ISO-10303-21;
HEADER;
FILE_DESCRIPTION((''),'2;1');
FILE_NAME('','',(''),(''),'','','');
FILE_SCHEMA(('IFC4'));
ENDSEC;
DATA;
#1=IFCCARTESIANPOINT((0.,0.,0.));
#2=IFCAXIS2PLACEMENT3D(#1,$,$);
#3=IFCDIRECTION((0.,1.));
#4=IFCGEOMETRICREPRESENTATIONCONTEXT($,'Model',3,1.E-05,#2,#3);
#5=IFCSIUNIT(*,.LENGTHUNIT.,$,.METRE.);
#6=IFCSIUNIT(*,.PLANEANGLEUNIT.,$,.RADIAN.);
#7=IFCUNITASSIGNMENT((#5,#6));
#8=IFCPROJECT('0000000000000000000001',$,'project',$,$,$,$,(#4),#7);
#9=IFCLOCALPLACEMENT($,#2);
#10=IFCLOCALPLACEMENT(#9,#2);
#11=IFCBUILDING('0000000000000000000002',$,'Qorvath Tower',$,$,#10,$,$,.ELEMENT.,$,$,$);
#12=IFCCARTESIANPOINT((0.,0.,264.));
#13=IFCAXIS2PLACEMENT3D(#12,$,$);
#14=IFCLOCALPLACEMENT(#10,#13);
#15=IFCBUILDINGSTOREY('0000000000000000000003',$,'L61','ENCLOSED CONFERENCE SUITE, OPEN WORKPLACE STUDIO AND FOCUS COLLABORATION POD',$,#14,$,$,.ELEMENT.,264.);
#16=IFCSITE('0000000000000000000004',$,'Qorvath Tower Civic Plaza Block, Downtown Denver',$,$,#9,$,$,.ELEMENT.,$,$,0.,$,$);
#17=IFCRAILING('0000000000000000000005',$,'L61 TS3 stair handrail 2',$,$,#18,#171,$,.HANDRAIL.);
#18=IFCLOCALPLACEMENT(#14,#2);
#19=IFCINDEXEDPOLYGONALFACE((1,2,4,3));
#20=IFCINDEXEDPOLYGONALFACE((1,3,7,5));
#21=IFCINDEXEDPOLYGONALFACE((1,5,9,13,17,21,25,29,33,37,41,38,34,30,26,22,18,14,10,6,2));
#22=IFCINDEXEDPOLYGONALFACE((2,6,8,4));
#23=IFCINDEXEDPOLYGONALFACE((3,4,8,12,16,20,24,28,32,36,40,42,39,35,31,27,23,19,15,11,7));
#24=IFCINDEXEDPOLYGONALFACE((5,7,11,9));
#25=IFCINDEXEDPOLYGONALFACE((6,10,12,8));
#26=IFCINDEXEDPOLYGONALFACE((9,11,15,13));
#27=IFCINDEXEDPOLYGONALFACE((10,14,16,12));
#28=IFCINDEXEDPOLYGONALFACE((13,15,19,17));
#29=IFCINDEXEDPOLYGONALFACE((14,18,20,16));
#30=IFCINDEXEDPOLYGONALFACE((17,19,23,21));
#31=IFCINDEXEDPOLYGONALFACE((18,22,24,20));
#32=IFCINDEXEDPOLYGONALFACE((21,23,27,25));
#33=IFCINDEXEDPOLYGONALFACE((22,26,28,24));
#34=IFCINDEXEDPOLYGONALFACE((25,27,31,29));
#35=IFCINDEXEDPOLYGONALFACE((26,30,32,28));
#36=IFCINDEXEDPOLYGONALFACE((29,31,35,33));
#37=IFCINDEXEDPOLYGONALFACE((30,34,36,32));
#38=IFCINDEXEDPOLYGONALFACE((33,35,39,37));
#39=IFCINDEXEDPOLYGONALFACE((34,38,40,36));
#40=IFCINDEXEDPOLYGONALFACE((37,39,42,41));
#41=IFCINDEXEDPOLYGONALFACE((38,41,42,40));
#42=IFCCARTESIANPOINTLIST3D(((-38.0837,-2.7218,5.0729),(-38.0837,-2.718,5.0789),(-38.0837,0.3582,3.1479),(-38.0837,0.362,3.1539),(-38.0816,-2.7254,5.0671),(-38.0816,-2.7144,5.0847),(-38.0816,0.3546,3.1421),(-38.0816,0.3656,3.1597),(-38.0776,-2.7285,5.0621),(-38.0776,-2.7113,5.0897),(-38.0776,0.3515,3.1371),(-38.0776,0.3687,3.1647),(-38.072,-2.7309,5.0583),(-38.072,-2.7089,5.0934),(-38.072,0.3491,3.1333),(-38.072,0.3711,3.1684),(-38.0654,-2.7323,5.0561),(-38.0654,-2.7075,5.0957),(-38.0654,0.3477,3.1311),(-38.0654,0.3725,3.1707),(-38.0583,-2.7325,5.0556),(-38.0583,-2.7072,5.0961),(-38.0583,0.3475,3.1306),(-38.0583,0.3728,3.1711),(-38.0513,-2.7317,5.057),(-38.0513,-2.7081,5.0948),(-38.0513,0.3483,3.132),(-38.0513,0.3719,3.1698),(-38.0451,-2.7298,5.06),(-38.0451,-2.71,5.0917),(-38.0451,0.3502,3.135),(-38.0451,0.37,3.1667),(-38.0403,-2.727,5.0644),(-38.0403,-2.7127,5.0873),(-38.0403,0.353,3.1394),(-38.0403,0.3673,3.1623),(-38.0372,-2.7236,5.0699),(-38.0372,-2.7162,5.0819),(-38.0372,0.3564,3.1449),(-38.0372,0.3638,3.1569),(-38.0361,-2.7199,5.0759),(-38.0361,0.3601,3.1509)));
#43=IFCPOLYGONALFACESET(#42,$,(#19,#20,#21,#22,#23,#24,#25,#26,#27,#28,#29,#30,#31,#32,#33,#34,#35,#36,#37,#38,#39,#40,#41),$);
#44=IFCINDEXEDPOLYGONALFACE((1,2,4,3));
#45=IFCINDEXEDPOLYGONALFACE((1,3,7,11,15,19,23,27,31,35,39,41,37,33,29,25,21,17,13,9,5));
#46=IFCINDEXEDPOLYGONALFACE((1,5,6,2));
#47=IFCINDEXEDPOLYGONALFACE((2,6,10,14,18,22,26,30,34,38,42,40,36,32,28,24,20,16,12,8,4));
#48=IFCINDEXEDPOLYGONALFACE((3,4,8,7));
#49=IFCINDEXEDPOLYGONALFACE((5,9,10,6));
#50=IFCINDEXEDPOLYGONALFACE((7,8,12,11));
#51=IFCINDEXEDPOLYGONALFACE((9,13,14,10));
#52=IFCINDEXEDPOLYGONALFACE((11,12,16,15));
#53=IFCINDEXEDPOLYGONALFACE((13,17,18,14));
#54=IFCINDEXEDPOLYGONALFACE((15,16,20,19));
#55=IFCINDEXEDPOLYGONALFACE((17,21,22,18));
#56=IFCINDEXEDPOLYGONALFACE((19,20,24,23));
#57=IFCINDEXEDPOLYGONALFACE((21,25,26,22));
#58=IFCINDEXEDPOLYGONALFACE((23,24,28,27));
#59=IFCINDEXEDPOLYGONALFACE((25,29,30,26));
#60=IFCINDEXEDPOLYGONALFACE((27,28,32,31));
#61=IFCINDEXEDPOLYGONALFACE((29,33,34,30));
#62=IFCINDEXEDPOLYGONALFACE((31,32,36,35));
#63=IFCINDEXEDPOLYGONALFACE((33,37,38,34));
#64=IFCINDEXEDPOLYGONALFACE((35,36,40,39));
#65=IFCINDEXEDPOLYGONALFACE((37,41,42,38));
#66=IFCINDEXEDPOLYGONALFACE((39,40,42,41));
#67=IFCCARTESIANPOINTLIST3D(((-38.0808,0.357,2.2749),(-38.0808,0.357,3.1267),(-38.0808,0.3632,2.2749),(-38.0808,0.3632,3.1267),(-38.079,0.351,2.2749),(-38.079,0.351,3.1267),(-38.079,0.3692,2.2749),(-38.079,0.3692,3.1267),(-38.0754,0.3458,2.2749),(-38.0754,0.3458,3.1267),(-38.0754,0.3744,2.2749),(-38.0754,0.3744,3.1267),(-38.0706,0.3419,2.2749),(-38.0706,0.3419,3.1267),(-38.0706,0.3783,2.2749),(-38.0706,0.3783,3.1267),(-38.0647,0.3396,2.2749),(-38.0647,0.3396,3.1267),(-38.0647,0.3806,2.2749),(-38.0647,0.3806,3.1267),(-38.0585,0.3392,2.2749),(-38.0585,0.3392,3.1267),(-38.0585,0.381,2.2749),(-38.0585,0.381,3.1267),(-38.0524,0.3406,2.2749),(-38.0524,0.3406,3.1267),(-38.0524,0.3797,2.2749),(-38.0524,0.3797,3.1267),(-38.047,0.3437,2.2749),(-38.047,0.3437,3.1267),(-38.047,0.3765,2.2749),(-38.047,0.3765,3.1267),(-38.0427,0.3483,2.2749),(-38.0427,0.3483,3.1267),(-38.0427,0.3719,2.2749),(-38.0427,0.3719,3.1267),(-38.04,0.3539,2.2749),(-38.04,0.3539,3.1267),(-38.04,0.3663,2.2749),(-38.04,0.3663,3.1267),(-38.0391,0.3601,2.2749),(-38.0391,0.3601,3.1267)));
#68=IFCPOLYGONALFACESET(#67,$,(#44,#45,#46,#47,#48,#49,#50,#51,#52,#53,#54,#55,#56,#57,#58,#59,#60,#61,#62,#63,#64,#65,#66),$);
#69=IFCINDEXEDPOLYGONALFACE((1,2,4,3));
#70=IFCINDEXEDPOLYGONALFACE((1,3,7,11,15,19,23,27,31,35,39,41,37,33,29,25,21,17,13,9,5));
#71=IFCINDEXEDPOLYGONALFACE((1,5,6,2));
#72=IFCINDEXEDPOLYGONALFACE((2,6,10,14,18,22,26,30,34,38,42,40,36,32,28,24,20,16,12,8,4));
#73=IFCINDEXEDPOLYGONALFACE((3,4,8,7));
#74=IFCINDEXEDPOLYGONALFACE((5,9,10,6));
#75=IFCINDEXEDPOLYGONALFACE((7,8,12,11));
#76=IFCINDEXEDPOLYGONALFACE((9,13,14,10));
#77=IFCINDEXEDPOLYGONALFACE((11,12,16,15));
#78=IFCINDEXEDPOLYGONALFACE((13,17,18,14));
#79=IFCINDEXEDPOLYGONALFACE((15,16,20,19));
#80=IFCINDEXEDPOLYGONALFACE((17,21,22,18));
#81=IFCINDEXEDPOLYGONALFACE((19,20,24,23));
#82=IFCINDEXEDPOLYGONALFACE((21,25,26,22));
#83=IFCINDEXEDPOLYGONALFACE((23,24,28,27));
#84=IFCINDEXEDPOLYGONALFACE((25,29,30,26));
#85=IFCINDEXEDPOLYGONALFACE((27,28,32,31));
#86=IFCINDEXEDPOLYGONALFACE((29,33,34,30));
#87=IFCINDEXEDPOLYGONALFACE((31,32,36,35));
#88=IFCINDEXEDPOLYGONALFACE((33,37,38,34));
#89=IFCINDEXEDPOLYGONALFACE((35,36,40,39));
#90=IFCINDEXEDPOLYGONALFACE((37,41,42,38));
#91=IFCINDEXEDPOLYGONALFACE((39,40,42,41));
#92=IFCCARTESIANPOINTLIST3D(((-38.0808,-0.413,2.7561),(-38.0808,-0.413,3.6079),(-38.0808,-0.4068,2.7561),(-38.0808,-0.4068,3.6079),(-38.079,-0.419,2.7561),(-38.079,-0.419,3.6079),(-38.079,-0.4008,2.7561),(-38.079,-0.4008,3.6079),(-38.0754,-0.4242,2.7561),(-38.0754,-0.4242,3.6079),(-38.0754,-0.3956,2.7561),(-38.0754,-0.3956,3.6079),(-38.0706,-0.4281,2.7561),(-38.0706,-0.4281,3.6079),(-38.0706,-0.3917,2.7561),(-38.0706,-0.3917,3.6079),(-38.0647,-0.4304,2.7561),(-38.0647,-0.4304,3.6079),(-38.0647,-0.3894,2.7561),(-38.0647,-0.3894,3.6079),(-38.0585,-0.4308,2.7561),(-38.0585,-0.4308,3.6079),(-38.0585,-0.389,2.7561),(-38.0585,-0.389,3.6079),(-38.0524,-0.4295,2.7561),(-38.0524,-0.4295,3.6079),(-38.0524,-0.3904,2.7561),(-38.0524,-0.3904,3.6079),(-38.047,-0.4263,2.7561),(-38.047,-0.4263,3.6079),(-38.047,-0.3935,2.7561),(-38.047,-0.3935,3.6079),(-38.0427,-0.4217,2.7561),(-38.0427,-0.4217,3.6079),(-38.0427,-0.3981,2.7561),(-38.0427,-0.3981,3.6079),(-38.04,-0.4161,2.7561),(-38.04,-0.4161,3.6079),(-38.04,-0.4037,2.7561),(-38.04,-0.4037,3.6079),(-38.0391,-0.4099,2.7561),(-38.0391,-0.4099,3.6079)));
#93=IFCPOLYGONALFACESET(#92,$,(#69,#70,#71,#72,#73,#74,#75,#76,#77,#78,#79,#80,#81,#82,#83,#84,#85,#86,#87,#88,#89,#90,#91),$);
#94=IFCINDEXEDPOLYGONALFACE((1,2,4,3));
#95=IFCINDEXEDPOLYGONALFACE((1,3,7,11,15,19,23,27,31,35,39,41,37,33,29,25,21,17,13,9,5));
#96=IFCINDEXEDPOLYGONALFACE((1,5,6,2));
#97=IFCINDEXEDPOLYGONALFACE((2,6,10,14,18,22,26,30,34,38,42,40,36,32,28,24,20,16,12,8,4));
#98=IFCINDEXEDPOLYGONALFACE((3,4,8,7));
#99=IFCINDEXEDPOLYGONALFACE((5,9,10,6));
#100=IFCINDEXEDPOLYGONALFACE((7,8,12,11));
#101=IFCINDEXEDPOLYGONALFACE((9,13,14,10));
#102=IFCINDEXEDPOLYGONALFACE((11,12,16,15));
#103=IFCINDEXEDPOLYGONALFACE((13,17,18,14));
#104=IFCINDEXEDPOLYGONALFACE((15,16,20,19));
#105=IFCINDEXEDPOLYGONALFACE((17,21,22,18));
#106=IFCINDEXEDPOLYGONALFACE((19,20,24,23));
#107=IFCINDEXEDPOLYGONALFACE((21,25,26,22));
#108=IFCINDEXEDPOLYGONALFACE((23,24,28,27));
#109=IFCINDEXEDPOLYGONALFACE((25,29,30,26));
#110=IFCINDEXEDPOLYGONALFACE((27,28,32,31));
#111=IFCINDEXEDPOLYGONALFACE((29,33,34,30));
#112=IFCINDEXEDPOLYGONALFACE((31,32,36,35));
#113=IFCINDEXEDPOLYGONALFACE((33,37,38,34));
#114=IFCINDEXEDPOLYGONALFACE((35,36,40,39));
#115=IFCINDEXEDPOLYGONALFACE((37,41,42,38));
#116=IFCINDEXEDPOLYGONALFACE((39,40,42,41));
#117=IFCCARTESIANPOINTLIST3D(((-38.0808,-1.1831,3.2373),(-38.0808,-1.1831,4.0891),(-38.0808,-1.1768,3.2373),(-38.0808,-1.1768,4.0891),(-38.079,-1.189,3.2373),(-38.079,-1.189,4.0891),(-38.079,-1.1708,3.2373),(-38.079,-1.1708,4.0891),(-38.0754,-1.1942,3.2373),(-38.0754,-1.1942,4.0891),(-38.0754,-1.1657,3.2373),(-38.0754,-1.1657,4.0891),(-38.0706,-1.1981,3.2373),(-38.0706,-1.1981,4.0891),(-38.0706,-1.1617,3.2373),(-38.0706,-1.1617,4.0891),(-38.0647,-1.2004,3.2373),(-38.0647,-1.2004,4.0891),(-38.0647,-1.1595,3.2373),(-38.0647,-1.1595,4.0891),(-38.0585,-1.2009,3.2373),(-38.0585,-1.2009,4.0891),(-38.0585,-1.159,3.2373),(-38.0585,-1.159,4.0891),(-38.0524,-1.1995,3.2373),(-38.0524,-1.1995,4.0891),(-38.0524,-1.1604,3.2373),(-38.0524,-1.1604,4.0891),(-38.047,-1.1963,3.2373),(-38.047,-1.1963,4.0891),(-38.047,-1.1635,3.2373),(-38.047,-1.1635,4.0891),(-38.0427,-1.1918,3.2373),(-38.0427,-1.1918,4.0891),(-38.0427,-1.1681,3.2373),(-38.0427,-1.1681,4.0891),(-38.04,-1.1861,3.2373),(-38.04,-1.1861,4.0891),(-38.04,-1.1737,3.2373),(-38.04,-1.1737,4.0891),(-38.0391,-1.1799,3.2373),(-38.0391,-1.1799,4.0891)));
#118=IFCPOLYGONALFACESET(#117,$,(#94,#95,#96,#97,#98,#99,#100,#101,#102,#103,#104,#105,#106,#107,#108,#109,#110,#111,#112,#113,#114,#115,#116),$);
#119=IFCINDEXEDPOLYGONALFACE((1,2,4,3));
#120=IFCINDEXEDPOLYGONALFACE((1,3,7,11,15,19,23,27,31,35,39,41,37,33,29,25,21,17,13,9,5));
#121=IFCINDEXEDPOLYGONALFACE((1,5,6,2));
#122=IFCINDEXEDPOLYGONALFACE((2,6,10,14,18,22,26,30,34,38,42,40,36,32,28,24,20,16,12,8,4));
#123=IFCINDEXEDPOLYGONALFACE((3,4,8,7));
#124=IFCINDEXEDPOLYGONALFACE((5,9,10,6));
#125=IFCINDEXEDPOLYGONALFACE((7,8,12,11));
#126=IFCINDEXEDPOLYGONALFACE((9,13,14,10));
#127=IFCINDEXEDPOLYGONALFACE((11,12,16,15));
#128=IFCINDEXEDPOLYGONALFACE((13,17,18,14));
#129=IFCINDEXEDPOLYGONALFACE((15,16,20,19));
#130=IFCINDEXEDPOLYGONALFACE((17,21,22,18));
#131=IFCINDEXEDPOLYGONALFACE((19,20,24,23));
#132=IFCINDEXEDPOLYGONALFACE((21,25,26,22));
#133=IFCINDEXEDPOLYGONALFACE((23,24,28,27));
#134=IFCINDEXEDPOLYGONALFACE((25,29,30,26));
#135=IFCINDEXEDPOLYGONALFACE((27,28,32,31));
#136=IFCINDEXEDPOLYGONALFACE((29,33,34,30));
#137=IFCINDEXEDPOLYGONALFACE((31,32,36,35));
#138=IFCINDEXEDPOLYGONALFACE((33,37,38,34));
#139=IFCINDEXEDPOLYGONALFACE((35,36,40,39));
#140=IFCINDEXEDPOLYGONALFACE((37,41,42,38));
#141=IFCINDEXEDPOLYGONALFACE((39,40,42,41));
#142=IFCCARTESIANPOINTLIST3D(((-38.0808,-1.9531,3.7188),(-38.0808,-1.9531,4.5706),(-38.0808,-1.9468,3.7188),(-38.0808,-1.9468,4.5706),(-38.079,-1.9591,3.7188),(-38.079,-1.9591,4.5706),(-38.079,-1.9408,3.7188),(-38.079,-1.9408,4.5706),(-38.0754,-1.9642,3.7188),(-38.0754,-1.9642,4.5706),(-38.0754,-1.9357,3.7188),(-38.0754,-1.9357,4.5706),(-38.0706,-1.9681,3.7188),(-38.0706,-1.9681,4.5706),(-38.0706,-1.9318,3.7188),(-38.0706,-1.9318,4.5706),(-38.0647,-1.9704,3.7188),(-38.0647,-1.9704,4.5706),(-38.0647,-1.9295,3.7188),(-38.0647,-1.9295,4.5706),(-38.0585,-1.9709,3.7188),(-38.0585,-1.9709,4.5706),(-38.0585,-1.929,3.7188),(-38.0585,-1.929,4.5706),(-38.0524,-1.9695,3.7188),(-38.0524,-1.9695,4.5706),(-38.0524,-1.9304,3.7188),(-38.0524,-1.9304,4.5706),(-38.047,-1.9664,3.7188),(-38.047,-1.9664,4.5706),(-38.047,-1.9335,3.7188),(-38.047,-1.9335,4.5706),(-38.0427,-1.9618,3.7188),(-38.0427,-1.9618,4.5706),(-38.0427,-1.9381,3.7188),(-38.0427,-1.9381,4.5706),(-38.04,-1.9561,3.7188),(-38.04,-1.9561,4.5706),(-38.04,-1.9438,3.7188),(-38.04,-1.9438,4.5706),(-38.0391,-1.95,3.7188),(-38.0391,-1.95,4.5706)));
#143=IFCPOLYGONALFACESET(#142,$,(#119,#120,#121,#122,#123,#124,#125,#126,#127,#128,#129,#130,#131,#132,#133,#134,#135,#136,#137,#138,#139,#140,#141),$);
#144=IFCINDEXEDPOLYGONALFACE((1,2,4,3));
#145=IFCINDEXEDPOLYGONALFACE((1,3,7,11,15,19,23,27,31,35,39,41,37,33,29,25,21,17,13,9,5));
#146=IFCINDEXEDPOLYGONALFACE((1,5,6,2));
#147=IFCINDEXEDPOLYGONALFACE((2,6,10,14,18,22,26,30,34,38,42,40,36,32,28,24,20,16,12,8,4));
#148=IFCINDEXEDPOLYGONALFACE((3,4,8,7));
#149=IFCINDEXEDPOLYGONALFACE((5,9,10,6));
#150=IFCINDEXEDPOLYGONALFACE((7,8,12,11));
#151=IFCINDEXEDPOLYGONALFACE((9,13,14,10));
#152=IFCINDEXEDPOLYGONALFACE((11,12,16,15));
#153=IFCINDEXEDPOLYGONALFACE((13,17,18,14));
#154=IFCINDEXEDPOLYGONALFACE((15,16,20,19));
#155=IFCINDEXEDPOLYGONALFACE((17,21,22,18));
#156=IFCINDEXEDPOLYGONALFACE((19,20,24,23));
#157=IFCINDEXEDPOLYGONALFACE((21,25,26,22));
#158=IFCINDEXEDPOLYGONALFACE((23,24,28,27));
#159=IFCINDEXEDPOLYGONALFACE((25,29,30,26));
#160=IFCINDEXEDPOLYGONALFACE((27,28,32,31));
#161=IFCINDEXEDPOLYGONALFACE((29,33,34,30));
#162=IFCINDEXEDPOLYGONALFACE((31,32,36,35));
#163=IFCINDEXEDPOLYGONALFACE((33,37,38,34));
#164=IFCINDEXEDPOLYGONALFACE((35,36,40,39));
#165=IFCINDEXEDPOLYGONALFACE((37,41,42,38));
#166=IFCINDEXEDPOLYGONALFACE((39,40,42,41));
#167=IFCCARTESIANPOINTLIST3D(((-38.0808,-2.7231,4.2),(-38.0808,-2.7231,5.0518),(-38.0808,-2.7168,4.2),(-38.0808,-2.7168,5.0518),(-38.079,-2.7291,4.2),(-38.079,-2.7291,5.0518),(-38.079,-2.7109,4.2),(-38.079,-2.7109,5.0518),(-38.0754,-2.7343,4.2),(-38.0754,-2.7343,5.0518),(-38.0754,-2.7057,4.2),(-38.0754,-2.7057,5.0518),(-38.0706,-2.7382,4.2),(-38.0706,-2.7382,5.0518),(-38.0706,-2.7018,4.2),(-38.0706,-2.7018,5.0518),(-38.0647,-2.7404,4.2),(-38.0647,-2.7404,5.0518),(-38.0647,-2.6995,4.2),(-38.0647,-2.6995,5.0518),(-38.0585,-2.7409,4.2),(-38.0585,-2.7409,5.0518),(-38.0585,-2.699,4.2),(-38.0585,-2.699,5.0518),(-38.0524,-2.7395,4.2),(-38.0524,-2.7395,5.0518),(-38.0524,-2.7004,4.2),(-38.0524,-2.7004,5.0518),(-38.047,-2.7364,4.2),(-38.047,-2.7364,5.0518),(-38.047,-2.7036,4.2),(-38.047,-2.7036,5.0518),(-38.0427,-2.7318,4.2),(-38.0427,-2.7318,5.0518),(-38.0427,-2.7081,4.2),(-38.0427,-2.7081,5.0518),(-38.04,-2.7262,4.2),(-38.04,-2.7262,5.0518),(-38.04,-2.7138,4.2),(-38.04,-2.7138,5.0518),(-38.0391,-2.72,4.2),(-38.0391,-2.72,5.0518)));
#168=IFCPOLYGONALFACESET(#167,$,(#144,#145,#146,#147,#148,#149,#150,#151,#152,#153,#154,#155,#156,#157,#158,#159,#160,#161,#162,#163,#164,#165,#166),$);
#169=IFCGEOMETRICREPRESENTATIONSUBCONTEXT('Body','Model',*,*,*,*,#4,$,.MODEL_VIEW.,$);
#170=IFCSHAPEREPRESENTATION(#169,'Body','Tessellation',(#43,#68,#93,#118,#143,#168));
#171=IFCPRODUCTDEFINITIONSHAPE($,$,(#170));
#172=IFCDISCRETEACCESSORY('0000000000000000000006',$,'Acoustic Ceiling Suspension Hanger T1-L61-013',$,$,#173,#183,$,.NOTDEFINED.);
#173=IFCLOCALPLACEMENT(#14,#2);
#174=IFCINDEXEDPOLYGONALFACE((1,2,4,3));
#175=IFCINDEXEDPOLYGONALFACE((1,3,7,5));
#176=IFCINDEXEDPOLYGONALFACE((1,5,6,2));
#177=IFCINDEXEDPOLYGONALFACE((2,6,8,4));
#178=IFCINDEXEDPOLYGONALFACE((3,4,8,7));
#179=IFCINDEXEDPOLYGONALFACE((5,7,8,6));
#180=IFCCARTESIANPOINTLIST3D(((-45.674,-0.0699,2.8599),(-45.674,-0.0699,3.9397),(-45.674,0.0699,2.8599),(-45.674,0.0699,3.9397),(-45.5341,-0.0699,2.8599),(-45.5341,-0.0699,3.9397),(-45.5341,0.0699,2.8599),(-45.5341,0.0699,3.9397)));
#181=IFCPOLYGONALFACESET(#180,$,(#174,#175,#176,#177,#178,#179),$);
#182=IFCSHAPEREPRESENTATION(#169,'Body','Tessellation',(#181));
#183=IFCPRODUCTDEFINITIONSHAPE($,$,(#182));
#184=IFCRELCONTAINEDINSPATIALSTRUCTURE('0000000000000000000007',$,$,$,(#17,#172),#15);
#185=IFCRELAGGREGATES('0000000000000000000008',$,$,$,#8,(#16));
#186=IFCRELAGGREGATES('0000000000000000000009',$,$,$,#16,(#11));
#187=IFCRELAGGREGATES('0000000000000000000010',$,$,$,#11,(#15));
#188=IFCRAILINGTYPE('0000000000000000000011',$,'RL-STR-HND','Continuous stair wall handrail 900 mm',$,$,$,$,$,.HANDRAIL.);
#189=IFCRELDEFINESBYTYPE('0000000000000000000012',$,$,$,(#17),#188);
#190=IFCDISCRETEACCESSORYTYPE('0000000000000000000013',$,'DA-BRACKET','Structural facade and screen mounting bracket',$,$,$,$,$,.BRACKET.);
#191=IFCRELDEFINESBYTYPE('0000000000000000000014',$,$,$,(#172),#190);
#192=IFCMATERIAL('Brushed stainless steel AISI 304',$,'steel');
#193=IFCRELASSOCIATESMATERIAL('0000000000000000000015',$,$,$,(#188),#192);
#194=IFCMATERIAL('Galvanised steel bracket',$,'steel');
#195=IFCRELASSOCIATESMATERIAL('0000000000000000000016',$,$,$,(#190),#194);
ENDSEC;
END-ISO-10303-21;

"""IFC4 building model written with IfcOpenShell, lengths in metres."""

from ifc_helpers import new_model, si_unit, direction, frame, origin, origin_2d, place, context, subcontext, project, spatial, rectangle, circle, extrude, material, type_object, element, save


model = new_model("IFC4")

# Units and contexts
model_context = context("Model", 3, precision=1e-05, world=origin(), true_north=direction((0.0, 1.0)))
body_context = subcontext(model_context, "Body", "Model", "MODEL_VIEW")
ifc_project = project(units=[si_unit("LENGTHUNIT", "METRE"), si_unit("PLANEANGLEUNIT", "RADIAN")], contexts=[model_context])

# Site, building, storey
site_placement = place(None, origin())
site = spatial("IfcSite", under=ifc_project, at=site_placement, Name="Qorvath Tower Civic Plaza Block, Downtown Denver", CompositionType="ELEMENT", RefElevation=0.0)
building_placement = place(site_placement, origin())
building = spatial("IfcBuilding", under=site, at=building_placement, Name="Qorvath Tower", CompositionType="ELEMENT")
storey_placement = place(building_placement, frame((0.0, 0.0, 264.0)))
storey = spatial("IfcBuildingStorey", under=building, at=storey_placement, Name="L61", Description="ENCLOSED CONFERENCE SUITE, OPEN WORKPLACE STUDIO AND FOCUS COLLABORATION POD", CompositionType="ELEMENT", Elevation=264.0)

# Railing
ifc_material_1 = material(Name="Brushed stainless steel AISI 304", Category="steel")
railing_type = type_object("IfcRailingType", Name="RL-STR-HND", Description="Continuous stair wall handrail 900 mm", PredefinedType="HANDRAIL", material=ifc_material_1)
railing_placement = place(storey_placement, frame((-38.0601, 0.3601, 2.2749)))
element("IfcRailing", 1, at=railing_placement, inside=storey, type_object=railing_type, Name="L61 TS3 stair handrail 2", PredefinedType="HANDRAIL", context=body_context, shape_type="SweptSolid", body=[
    extrude(circle(Radius=0.0239, at=origin_2d()), frame((0.0, 0.0, 0.876), z_axis=(0.0, -0.847998, 0.529999), x_axis=(1.0, 0.0, 0.0)), (0.0, 0.0, 1.0), 3.6321),
    extrude(circle(Radius=0.021, at=origin_2d()), origin(), (0.0, 0.0, 1.0), 0.8518),
    extrude(circle(Radius=0.021, at=origin_2d()), frame((0.0, -0.77, 0.4812)), (0.0, 0.0, 1.0), 0.8518),
    extrude(circle(Radius=0.021, at=origin_2d()), frame((0.0, -1.54, 0.9624)), (0.0, 0.0, 1.0), 0.8518),
    extrude(circle(Radius=0.021, at=origin_2d()), frame((0.0, -2.3101, 1.4438)), (0.0, 0.0, 1.0), 0.8518),
    extrude(circle(Radius=0.021, at=origin_2d()), frame((0.0, -3.0801, 1.925)), (0.0, 0.0, 1.0), 0.8518),
])

# Discrete accessory
ifc_material_2 = material(Name="Galvanised steel bracket", Category="steel")
discrete_accessory_type = type_object("IfcDiscreteAccessoryType", Name="DA-BRACKET", Description="Structural facade and screen mounting bracket", PredefinedType="BRACKET", material=ifc_material_2)
discrete_accessory_placement = place(storey_placement, frame((-45.604, 0.0, 2.8599), z_axis=(0.0, 0.0, 1.0), x_axis=(1.0, 0.0, 0.0)))
element("IfcDiscreteAccessory", 2, at=discrete_accessory_placement, inside=storey, type_object=discrete_accessory_type, Name="Acoustic Ceiling Suspension Hanger T1-L61-013", PredefinedType="NOTDEFINED", context=body_context, shape_type="SweptSolid", body=[
    extrude(rectangle(XDim=0.1399, YDim=0.1399, at=origin_2d()), origin(), (0.0, 0.0, 1.0), 1.0798),
])

save(model, "model.ifc")
